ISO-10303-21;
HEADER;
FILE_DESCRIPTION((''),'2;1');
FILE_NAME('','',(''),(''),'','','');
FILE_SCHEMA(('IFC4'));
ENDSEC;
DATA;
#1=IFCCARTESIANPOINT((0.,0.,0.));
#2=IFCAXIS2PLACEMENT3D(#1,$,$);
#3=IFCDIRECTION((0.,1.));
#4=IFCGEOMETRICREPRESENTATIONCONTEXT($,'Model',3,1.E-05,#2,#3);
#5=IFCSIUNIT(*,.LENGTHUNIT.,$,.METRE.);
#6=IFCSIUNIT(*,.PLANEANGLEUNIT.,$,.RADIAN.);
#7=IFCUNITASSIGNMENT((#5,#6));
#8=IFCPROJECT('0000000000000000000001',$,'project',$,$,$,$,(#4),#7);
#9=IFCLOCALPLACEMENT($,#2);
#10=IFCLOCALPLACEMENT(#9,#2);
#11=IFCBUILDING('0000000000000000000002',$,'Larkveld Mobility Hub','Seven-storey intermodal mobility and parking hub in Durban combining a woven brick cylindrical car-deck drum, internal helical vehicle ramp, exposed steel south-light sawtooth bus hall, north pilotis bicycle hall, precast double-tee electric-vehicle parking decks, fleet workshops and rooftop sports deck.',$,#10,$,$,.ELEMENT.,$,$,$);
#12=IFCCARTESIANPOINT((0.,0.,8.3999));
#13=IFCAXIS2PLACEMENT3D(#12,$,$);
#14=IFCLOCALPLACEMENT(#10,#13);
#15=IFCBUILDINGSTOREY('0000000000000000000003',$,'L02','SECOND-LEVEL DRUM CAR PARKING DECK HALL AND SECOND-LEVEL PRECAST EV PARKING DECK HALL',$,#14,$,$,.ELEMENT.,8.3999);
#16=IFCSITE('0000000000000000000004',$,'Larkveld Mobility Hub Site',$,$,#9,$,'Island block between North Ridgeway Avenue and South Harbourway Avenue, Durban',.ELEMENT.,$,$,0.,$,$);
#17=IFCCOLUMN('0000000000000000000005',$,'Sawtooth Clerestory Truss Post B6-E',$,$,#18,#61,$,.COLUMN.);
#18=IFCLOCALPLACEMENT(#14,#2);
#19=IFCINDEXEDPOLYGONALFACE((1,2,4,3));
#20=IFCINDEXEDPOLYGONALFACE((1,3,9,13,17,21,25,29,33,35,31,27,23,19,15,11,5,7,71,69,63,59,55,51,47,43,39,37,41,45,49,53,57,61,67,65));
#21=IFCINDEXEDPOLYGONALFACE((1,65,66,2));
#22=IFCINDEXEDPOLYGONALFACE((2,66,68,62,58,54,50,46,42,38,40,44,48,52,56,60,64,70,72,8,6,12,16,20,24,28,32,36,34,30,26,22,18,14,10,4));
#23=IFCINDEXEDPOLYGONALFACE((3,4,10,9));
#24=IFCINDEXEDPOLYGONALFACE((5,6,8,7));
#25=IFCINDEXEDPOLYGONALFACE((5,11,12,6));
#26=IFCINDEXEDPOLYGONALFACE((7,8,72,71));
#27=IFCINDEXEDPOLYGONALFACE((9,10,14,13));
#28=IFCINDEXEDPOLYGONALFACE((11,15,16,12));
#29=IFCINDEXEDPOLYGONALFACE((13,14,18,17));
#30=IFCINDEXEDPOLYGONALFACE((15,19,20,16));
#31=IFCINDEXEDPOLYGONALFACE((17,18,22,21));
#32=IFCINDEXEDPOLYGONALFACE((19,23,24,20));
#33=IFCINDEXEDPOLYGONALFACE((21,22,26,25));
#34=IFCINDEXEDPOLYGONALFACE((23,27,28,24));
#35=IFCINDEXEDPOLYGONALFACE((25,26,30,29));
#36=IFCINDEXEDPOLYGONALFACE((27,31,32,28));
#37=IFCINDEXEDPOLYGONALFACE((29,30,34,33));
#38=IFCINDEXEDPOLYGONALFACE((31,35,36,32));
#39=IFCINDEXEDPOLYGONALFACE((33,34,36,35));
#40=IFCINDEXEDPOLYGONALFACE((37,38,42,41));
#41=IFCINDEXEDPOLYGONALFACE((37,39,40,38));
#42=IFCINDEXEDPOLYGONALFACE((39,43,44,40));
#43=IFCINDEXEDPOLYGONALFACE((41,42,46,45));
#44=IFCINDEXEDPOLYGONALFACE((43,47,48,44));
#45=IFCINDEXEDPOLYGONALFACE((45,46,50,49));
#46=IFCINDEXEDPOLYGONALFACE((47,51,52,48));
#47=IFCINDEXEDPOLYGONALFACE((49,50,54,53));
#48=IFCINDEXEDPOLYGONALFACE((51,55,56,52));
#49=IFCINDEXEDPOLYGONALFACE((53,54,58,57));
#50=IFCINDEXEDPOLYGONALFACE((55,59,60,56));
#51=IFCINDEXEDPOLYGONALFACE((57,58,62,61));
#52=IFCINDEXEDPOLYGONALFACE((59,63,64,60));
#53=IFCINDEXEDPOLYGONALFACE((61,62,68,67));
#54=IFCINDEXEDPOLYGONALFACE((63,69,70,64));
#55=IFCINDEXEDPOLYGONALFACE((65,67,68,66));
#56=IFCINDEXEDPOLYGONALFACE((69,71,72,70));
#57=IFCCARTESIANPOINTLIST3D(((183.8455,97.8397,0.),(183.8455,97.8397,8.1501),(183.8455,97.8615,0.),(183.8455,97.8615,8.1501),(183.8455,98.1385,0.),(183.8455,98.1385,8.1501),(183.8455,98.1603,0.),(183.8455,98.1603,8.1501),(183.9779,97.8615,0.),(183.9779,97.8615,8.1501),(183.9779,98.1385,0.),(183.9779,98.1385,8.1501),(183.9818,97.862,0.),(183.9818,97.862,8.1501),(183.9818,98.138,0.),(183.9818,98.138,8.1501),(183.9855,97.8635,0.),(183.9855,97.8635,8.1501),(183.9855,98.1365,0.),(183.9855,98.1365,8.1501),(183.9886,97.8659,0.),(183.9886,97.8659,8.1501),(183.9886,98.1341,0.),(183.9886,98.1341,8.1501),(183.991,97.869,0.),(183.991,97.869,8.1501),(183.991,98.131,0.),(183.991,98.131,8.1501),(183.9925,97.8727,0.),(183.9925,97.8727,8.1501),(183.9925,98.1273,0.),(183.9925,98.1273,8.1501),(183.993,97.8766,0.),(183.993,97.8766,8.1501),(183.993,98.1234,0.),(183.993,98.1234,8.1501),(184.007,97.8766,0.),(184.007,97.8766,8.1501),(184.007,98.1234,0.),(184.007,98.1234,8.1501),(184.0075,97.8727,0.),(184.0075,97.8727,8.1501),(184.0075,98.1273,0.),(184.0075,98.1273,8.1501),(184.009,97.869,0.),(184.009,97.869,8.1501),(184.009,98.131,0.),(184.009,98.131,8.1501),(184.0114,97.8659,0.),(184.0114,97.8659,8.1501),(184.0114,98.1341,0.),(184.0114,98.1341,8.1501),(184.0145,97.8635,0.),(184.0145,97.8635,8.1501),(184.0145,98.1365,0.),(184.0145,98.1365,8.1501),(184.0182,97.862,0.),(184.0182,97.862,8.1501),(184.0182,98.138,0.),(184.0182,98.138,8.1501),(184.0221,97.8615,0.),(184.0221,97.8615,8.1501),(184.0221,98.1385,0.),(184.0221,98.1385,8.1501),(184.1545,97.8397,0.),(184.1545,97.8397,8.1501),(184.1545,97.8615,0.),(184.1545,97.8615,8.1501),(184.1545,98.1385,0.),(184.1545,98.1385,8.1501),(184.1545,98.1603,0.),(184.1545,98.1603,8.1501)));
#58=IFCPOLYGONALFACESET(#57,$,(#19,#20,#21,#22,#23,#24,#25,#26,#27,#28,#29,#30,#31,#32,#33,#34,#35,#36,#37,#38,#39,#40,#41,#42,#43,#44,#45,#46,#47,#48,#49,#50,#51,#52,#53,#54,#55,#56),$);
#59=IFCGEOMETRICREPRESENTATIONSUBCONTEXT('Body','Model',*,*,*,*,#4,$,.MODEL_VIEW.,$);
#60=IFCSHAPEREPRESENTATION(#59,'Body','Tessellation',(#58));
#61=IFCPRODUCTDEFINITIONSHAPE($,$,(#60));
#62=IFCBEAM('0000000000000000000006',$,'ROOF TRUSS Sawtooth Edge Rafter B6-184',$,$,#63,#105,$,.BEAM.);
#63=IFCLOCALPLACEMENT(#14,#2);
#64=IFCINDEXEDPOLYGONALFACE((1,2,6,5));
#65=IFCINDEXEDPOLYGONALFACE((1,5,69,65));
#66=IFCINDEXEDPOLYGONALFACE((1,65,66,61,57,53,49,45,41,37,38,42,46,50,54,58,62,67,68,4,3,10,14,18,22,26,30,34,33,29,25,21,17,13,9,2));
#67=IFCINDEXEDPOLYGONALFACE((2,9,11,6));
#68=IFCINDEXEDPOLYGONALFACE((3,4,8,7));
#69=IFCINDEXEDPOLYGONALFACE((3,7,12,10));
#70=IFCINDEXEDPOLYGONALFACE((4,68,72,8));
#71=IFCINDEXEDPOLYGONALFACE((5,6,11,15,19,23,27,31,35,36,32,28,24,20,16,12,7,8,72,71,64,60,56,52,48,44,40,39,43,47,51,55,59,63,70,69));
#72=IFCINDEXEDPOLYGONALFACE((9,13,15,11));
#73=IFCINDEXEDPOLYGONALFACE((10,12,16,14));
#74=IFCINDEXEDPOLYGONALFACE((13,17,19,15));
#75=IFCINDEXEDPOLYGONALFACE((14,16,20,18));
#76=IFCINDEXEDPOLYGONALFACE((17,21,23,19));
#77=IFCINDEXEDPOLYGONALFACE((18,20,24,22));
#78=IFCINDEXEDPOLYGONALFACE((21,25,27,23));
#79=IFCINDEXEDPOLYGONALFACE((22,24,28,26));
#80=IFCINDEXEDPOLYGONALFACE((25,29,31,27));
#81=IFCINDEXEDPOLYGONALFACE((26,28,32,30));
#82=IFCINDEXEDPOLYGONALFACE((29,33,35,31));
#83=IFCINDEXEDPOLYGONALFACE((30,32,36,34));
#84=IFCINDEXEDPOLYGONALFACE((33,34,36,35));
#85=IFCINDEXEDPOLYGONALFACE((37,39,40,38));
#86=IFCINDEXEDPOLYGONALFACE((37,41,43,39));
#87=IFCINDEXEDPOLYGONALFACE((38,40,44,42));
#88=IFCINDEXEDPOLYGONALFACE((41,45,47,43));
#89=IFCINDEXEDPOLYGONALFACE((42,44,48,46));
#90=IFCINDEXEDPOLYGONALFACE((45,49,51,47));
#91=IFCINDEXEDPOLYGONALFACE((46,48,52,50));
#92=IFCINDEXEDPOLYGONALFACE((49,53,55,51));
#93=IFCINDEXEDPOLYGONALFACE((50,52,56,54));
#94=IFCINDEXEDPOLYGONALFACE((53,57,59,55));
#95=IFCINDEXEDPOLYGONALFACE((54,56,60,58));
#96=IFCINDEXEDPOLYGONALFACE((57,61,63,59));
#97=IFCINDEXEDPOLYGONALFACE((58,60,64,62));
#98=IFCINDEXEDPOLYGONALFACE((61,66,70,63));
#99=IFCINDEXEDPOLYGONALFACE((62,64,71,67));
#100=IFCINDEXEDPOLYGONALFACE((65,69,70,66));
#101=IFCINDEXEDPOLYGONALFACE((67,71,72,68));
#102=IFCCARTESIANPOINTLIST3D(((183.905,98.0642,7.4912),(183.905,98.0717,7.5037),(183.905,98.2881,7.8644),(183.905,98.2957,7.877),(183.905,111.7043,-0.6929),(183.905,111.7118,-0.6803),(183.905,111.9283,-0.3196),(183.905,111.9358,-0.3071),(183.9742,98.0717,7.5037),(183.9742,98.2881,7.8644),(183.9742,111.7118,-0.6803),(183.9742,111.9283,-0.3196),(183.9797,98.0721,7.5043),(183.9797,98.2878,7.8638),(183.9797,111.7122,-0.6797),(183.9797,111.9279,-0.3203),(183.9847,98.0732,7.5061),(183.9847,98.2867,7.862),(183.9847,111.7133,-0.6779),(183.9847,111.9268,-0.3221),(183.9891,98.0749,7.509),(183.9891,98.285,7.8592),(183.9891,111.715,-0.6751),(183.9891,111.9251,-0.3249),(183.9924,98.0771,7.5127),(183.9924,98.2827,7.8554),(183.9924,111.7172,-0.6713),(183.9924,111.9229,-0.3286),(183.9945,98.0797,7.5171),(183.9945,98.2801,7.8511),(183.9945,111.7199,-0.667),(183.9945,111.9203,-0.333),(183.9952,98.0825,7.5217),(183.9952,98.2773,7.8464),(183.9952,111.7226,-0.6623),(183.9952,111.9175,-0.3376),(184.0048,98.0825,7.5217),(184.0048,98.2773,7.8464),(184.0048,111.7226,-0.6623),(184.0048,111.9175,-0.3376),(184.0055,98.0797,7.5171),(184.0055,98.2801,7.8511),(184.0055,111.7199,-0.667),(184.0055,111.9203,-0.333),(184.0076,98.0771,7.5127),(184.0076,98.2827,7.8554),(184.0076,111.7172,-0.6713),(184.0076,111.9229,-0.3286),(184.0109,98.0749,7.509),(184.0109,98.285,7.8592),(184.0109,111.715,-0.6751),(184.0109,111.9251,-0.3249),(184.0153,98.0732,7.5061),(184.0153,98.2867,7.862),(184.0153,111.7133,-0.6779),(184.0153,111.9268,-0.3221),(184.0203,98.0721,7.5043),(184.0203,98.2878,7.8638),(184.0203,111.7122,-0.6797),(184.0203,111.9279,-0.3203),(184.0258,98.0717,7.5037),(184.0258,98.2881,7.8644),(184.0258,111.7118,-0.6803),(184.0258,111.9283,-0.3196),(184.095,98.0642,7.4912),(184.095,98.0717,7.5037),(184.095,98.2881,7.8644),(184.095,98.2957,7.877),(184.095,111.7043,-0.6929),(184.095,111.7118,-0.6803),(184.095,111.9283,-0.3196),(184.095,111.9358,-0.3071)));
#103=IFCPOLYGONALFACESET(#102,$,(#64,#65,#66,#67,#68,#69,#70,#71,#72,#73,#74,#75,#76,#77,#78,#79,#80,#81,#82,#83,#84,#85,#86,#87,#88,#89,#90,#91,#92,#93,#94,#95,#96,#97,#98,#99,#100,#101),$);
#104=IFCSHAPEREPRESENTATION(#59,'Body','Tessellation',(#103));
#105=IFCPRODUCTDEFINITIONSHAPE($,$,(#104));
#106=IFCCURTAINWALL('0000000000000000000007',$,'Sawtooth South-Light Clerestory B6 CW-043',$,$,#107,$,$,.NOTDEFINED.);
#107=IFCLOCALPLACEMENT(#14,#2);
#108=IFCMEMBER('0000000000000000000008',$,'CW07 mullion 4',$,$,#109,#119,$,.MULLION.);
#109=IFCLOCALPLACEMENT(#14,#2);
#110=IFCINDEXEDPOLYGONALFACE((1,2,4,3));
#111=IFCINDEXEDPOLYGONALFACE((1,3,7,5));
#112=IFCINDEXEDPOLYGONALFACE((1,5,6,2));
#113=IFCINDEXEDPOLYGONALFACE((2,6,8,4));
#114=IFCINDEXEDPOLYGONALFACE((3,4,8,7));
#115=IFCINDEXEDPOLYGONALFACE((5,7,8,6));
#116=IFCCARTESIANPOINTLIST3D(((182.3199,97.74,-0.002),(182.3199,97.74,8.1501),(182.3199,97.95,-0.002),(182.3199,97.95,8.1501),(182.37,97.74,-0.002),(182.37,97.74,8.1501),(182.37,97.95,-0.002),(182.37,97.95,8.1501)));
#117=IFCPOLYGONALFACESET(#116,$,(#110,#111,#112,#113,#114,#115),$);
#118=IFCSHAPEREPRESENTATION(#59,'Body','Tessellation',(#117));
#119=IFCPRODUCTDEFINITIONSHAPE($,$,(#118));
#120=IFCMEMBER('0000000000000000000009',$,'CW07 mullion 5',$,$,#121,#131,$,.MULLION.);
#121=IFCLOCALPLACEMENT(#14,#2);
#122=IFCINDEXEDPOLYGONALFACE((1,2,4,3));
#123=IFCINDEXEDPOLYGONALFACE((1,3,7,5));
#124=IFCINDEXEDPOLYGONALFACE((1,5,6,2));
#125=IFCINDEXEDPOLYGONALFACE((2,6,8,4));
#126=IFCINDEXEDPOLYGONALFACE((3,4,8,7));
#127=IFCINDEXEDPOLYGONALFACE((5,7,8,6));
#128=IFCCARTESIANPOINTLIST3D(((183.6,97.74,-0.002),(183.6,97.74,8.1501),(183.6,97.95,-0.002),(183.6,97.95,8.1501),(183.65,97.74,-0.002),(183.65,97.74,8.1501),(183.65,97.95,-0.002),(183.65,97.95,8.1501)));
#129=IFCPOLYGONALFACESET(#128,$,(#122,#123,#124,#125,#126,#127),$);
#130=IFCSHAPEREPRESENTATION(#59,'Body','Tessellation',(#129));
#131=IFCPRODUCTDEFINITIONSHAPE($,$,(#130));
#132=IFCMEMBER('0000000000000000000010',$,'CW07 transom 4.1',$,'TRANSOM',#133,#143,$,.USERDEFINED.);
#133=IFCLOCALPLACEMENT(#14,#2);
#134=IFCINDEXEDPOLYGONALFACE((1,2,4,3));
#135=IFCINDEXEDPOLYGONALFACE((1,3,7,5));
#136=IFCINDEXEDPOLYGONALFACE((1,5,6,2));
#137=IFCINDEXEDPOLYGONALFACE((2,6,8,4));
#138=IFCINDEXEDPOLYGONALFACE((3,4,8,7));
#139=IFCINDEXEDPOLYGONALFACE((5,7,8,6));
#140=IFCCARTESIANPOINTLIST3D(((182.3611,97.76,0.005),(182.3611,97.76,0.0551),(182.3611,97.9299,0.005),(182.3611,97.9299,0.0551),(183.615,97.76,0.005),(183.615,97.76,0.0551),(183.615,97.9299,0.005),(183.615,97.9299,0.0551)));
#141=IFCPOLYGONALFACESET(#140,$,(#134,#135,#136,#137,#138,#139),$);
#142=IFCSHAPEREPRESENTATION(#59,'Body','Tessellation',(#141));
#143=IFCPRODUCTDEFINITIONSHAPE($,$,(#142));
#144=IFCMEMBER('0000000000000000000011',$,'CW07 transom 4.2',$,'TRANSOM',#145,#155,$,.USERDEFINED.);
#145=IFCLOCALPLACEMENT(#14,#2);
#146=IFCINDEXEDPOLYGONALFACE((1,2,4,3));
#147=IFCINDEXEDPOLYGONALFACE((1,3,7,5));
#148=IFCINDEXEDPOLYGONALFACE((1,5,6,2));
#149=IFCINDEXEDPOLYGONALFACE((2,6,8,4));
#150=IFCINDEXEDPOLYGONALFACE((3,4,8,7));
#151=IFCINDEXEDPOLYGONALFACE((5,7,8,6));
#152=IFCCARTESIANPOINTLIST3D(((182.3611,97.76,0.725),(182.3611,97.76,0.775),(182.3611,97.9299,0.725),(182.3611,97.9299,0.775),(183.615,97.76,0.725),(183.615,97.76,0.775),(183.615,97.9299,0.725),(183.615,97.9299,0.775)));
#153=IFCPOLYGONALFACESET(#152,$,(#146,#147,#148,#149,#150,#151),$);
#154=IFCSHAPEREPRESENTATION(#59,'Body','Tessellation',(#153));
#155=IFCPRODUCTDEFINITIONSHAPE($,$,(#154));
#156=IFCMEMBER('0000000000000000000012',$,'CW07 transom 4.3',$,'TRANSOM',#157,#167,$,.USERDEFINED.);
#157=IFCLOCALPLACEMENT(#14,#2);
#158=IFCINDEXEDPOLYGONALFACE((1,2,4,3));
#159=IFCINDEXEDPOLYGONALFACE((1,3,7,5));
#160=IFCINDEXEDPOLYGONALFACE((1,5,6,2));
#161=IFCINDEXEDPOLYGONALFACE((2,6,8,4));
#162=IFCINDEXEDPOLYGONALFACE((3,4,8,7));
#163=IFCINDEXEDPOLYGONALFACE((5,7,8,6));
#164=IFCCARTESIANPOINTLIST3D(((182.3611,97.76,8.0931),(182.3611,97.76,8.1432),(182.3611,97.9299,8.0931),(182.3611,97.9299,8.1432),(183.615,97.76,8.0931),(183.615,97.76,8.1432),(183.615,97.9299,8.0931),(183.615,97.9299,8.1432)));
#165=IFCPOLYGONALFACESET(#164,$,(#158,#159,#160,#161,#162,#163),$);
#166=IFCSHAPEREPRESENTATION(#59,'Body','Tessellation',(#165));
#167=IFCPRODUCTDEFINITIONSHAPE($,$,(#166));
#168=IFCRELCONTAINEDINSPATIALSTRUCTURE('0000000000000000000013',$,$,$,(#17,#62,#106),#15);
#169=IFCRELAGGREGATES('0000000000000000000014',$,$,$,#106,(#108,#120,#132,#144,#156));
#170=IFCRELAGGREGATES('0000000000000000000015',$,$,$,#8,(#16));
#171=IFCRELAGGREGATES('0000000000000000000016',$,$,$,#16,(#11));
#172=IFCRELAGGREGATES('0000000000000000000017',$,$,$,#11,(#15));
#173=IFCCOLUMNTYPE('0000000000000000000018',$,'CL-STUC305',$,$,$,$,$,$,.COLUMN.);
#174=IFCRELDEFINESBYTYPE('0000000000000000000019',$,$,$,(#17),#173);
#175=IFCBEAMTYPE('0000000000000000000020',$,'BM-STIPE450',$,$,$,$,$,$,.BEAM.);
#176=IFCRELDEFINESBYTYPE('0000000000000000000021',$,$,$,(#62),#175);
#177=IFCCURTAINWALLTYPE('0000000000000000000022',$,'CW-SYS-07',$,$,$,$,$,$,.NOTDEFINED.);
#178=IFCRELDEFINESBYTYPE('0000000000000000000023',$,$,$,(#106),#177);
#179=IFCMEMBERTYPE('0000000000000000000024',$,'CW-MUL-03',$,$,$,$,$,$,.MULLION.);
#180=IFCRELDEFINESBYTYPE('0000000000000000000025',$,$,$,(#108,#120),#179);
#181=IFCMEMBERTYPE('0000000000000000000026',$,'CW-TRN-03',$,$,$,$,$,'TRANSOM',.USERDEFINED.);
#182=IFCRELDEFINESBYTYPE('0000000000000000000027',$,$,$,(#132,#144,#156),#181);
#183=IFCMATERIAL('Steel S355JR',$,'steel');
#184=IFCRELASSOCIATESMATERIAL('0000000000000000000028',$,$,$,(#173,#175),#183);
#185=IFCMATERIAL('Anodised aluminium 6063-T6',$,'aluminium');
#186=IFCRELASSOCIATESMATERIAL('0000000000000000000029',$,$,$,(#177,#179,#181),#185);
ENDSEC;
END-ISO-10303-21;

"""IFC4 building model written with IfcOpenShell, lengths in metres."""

from ifc_helpers import new_model, si_unit, direction, frame, origin, origin_2d, place, context, subcontext, project, spatial, rectangle, i_section, extrude, material, material_profile, profile_set, type_object, element, aggregate, save


model = new_model("IFC4")

# Units and contexts
model_context = context("Model", 3, precision=1e-05, world=origin(), true_north=direction((0.0, 1.0)))
body_context = subcontext(model_context, "Body", "Model", "MODEL_VIEW")
ifc_project = project(units=[si_unit("LENGTHUNIT", "METRE"), si_unit("PLANEANGLEUNIT", "RADIAN")], contexts=[model_context])

# Site, building, storey
site_placement = place(None, origin())
site = spatial("IfcSite", under=ifc_project, at=site_placement, Name="Larkveld Mobility Hub Site", LongName="Island block between North Ridgeway Avenue and South Harbourway Avenue, Durban", CompositionType="ELEMENT", RefElevation=0.0)
building_placement = place(site_placement, origin())
building = spatial("IfcBuilding", under=site, at=building_placement, Name="Larkveld Mobility Hub", Description="Seven-storey intermodal mobility and parking hub in Durban combining a woven brick cylindrical car-deck drum, internal helical vehicle ramp, exposed steel south-light sawtooth bus hall, north pilotis bicycle hall, precast double-tee electric-vehicle parking decks, fleet workshops and rooftop sports deck.", CompositionType="ELEMENT")
storey_placement = place(building_placement, frame((0.0, 0.0, 8.3999)))
storey = spatial("IfcBuildingStorey", under=building, at=storey_placement, Name="L02", Description="SECOND-LEVEL DRUM CAR PARKING DECK HALL AND SECOND-LEVEL PRECAST EV PARKING DECK HALL", CompositionType="ELEMENT", Elevation=8.3999)

# Column
ifc_material_1 = material(Name="Steel S355JR", Category="steel")
ifc_material_profile_1 = material_profile(ifc_material_1, i_section(OverallWidth=0.3091, OverallDepth=0.3206, WebThickness=0.0139, FlangeThickness=0.0217, FilletRadius=0.0151, at=origin_2d()), Name="UC 305x305x137")
ifc_profile_set_1 = profile_set([ifc_material_profile_1], Name="Steel S355JR")
column_type = type_object("IfcColumnType", Name="CL-STUC305", PredefinedType="COLUMN", material=ifc_profile_set_1)
column_placement = place(storey_placement, frame((184.0, 98.0, 0.0), z_axis=(0.0, 0.0, 1.0), x_axis=(1.0, 0.0, 0.0)))
element("IfcColumn", 1, at=column_placement, inside=storey, type_object=column_type, Name="Sawtooth Clerestory Truss Post B6-E", PredefinedType="COLUMN", context=body_context, shape_type="SweptSolid", body=[
    extrude(i_section(OverallWidth=0.3091, OverallDepth=0.3206, WebThickness=0.0139, FlangeThickness=0.0217, FilletRadius=0.0151, at=origin_2d()), origin(), (0.0, 0.0, 1.0), 8.1501),
])

# Beam
ifc_material_profile_2 = material_profile(ifc_material_1, i_section(OverallWidth=0.1899, OverallDepth=0.45, WebThickness=0.0095, FlangeThickness=0.0146, FilletRadius=0.021, at=origin_2d()), Name="IPE 450")
ifc_profile_set_2 = profile_set([ifc_material_profile_2], Name="Steel S355JR")
beam_type = type_object("IfcBeamType", Name="BM-STIPE450", PredefinedType="BEAM", material=ifc_profile_set_2)
beam_placement = place(storey_placement, frame((184.0, 98.1799, 7.6841), z_axis=(0.0, 0.857493, -0.514496), x_axis=(-1.0, 0.0, 0.0)))
element("IfcBeam", 2, at=beam_placement, inside=storey, type_object=beam_type, Name="ROOF TRUSS Sawtooth Edge Rafter B6-184", PredefinedType="BEAM", context=body_context, shape_type="SweptSolid", body=[
    extrude(i_section(OverallWidth=0.1899, OverallDepth=0.45, WebThickness=0.0095, FlangeThickness=0.0146, FilletRadius=0.021, at=origin_2d()), origin(), (0.0, 0.0, 1.0), 15.907),
])

# Curtain wall, members
ifc_material_2 = material(Name="Anodised aluminium 6063-T6", Category="aluminium")
curtain_wall_type = type_object("IfcCurtainWallType", Name="CW-SYS-07", PredefinedType="NOTDEFINED", material=ifc_material_2)
curtain_wall_placement = place(storey_placement, origin())
curtain_wall = element("IfcCurtainWall", 3, at=curtain_wall_placement, inside=storey, type_object=curtain_wall_type, Name="Sawtooth South-Light Clerestory B6 CW-043", PredefinedType="NOTDEFINED")
ifc_material_profile_3 = material_profile(ifc_material_2, rectangle(XDim=0.05, YDim=0.21, at=origin_2d()), Name="ALU MULL 50x210")
ifc_profile_set_3 = profile_set([ifc_material_profile_3], Name="Anodised aluminium 6063-T6")
member_type_1 = type_object("IfcMemberType", Name="CW-MUL-03", PredefinedType="MULLION", material=ifc_profile_set_3)
member_1_placement = place(storey_placement, frame((182.345, 97.845, -0.002), z_axis=(0.0, 0.0, 1.0), x_axis=(1.0, 0.0, 0.0)))
member_1 = element("IfcMember", 4, at=member_1_placement, type_object=member_type_1, Name="CW07 mullion 4", PredefinedType="MULLION", context=body_context, shape_type="SweptSolid", body=[
    extrude(rectangle(XDim=0.05, YDim=0.21, at=origin_2d()), origin(), (0.0, 0.0, 1.0), 8.1521),
])
member_2_placement = place(storey_placement, frame((183.625, 97.845, -0.002), z_axis=(0.0, 0.0, 1.0), x_axis=(1.0, 0.0, 0.0)))
member_2 = element("IfcMember", 5, at=member_2_placement, type_object=member_type_1, Name="CW07 mullion 5", PredefinedType="MULLION", context=body_context, shape_type="SweptSolid", body=[
    extrude(rectangle(XDim=0.05, YDim=0.21, at=origin_2d()), origin(), (0.0, 0.0, 1.0), 8.1521),
])
ifc_material_profile_4 = material_profile(ifc_material_2, rectangle(XDim=0.1699, YDim=0.05, at=origin_2d()), Name="ALU TRAN 50x170")
ifc_profile_set_4 = profile_set([ifc_material_profile_4], Name="Anodised aluminium 6063-T6")
member_type_2 = type_object("IfcMemberType", Name="CW-TRN-03", ElementType="TRANSOM", PredefinedType="USERDEFINED", material=ifc_profile_set_4)
member_3_placement = place(storey_placement, frame((182.3611, 97.845, 0.03), z_axis=(1.0, 0.0, 0.0), x_axis=(0.0, 1.0, 0.0)))
member_3 = element("IfcMember", 6, at=member_3_placement, type_object=member_type_2, Name="CW07 transom 4.1", ObjectType="TRANSOM", PredefinedType="USERDEFINED", context=body_context, shape_type="SweptSolid", body=[
    extrude(rectangle(XDim=0.1699, YDim=0.05, at=origin_2d()), origin(), (0.0, 0.0, 1.0), 1.2539),
])
member_4_placement = place(storey_placement, frame((182.3611, 97.845, 0.75), z_axis=(1.0, 0.0, 0.0), x_axis=(0.0, 1.0, 0.0)))
member_4 = element("IfcMember", 7, at=member_4_placement, type_object=member_type_2, Name="CW07 transom 4.2", ObjectType="TRANSOM", PredefinedType="USERDEFINED", context=body_context, shape_type="SweptSolid", body=[
    extrude(rectangle(XDim=0.1699, YDim=0.05, at=origin_2d()), origin(), (0.0, 0.0, 1.0), 1.2539),
])
member_5_placement = place(storey_placement, frame((182.3611, 97.845, 8.1182), z_axis=(1.0, 0.0, 0.0), x_axis=(0.0, 1.0, 0.0)))
member_5 = element("IfcMember", 8, at=member_5_placement, type_object=member_type_2, Name="CW07 transom 4.3", ObjectType="TRANSOM", PredefinedType="USERDEFINED", context=body_context, shape_type="SweptSolid", body=[
    extrude(rectangle(XDim=0.1699, YDim=0.05, at=origin_2d()), origin(), (0.0, 0.0, 1.0), 1.2539),
])

aggregate(curtain_wall, [member_1, member_2, member_3, member_4, member_5])

save(model, "model.ifc")
